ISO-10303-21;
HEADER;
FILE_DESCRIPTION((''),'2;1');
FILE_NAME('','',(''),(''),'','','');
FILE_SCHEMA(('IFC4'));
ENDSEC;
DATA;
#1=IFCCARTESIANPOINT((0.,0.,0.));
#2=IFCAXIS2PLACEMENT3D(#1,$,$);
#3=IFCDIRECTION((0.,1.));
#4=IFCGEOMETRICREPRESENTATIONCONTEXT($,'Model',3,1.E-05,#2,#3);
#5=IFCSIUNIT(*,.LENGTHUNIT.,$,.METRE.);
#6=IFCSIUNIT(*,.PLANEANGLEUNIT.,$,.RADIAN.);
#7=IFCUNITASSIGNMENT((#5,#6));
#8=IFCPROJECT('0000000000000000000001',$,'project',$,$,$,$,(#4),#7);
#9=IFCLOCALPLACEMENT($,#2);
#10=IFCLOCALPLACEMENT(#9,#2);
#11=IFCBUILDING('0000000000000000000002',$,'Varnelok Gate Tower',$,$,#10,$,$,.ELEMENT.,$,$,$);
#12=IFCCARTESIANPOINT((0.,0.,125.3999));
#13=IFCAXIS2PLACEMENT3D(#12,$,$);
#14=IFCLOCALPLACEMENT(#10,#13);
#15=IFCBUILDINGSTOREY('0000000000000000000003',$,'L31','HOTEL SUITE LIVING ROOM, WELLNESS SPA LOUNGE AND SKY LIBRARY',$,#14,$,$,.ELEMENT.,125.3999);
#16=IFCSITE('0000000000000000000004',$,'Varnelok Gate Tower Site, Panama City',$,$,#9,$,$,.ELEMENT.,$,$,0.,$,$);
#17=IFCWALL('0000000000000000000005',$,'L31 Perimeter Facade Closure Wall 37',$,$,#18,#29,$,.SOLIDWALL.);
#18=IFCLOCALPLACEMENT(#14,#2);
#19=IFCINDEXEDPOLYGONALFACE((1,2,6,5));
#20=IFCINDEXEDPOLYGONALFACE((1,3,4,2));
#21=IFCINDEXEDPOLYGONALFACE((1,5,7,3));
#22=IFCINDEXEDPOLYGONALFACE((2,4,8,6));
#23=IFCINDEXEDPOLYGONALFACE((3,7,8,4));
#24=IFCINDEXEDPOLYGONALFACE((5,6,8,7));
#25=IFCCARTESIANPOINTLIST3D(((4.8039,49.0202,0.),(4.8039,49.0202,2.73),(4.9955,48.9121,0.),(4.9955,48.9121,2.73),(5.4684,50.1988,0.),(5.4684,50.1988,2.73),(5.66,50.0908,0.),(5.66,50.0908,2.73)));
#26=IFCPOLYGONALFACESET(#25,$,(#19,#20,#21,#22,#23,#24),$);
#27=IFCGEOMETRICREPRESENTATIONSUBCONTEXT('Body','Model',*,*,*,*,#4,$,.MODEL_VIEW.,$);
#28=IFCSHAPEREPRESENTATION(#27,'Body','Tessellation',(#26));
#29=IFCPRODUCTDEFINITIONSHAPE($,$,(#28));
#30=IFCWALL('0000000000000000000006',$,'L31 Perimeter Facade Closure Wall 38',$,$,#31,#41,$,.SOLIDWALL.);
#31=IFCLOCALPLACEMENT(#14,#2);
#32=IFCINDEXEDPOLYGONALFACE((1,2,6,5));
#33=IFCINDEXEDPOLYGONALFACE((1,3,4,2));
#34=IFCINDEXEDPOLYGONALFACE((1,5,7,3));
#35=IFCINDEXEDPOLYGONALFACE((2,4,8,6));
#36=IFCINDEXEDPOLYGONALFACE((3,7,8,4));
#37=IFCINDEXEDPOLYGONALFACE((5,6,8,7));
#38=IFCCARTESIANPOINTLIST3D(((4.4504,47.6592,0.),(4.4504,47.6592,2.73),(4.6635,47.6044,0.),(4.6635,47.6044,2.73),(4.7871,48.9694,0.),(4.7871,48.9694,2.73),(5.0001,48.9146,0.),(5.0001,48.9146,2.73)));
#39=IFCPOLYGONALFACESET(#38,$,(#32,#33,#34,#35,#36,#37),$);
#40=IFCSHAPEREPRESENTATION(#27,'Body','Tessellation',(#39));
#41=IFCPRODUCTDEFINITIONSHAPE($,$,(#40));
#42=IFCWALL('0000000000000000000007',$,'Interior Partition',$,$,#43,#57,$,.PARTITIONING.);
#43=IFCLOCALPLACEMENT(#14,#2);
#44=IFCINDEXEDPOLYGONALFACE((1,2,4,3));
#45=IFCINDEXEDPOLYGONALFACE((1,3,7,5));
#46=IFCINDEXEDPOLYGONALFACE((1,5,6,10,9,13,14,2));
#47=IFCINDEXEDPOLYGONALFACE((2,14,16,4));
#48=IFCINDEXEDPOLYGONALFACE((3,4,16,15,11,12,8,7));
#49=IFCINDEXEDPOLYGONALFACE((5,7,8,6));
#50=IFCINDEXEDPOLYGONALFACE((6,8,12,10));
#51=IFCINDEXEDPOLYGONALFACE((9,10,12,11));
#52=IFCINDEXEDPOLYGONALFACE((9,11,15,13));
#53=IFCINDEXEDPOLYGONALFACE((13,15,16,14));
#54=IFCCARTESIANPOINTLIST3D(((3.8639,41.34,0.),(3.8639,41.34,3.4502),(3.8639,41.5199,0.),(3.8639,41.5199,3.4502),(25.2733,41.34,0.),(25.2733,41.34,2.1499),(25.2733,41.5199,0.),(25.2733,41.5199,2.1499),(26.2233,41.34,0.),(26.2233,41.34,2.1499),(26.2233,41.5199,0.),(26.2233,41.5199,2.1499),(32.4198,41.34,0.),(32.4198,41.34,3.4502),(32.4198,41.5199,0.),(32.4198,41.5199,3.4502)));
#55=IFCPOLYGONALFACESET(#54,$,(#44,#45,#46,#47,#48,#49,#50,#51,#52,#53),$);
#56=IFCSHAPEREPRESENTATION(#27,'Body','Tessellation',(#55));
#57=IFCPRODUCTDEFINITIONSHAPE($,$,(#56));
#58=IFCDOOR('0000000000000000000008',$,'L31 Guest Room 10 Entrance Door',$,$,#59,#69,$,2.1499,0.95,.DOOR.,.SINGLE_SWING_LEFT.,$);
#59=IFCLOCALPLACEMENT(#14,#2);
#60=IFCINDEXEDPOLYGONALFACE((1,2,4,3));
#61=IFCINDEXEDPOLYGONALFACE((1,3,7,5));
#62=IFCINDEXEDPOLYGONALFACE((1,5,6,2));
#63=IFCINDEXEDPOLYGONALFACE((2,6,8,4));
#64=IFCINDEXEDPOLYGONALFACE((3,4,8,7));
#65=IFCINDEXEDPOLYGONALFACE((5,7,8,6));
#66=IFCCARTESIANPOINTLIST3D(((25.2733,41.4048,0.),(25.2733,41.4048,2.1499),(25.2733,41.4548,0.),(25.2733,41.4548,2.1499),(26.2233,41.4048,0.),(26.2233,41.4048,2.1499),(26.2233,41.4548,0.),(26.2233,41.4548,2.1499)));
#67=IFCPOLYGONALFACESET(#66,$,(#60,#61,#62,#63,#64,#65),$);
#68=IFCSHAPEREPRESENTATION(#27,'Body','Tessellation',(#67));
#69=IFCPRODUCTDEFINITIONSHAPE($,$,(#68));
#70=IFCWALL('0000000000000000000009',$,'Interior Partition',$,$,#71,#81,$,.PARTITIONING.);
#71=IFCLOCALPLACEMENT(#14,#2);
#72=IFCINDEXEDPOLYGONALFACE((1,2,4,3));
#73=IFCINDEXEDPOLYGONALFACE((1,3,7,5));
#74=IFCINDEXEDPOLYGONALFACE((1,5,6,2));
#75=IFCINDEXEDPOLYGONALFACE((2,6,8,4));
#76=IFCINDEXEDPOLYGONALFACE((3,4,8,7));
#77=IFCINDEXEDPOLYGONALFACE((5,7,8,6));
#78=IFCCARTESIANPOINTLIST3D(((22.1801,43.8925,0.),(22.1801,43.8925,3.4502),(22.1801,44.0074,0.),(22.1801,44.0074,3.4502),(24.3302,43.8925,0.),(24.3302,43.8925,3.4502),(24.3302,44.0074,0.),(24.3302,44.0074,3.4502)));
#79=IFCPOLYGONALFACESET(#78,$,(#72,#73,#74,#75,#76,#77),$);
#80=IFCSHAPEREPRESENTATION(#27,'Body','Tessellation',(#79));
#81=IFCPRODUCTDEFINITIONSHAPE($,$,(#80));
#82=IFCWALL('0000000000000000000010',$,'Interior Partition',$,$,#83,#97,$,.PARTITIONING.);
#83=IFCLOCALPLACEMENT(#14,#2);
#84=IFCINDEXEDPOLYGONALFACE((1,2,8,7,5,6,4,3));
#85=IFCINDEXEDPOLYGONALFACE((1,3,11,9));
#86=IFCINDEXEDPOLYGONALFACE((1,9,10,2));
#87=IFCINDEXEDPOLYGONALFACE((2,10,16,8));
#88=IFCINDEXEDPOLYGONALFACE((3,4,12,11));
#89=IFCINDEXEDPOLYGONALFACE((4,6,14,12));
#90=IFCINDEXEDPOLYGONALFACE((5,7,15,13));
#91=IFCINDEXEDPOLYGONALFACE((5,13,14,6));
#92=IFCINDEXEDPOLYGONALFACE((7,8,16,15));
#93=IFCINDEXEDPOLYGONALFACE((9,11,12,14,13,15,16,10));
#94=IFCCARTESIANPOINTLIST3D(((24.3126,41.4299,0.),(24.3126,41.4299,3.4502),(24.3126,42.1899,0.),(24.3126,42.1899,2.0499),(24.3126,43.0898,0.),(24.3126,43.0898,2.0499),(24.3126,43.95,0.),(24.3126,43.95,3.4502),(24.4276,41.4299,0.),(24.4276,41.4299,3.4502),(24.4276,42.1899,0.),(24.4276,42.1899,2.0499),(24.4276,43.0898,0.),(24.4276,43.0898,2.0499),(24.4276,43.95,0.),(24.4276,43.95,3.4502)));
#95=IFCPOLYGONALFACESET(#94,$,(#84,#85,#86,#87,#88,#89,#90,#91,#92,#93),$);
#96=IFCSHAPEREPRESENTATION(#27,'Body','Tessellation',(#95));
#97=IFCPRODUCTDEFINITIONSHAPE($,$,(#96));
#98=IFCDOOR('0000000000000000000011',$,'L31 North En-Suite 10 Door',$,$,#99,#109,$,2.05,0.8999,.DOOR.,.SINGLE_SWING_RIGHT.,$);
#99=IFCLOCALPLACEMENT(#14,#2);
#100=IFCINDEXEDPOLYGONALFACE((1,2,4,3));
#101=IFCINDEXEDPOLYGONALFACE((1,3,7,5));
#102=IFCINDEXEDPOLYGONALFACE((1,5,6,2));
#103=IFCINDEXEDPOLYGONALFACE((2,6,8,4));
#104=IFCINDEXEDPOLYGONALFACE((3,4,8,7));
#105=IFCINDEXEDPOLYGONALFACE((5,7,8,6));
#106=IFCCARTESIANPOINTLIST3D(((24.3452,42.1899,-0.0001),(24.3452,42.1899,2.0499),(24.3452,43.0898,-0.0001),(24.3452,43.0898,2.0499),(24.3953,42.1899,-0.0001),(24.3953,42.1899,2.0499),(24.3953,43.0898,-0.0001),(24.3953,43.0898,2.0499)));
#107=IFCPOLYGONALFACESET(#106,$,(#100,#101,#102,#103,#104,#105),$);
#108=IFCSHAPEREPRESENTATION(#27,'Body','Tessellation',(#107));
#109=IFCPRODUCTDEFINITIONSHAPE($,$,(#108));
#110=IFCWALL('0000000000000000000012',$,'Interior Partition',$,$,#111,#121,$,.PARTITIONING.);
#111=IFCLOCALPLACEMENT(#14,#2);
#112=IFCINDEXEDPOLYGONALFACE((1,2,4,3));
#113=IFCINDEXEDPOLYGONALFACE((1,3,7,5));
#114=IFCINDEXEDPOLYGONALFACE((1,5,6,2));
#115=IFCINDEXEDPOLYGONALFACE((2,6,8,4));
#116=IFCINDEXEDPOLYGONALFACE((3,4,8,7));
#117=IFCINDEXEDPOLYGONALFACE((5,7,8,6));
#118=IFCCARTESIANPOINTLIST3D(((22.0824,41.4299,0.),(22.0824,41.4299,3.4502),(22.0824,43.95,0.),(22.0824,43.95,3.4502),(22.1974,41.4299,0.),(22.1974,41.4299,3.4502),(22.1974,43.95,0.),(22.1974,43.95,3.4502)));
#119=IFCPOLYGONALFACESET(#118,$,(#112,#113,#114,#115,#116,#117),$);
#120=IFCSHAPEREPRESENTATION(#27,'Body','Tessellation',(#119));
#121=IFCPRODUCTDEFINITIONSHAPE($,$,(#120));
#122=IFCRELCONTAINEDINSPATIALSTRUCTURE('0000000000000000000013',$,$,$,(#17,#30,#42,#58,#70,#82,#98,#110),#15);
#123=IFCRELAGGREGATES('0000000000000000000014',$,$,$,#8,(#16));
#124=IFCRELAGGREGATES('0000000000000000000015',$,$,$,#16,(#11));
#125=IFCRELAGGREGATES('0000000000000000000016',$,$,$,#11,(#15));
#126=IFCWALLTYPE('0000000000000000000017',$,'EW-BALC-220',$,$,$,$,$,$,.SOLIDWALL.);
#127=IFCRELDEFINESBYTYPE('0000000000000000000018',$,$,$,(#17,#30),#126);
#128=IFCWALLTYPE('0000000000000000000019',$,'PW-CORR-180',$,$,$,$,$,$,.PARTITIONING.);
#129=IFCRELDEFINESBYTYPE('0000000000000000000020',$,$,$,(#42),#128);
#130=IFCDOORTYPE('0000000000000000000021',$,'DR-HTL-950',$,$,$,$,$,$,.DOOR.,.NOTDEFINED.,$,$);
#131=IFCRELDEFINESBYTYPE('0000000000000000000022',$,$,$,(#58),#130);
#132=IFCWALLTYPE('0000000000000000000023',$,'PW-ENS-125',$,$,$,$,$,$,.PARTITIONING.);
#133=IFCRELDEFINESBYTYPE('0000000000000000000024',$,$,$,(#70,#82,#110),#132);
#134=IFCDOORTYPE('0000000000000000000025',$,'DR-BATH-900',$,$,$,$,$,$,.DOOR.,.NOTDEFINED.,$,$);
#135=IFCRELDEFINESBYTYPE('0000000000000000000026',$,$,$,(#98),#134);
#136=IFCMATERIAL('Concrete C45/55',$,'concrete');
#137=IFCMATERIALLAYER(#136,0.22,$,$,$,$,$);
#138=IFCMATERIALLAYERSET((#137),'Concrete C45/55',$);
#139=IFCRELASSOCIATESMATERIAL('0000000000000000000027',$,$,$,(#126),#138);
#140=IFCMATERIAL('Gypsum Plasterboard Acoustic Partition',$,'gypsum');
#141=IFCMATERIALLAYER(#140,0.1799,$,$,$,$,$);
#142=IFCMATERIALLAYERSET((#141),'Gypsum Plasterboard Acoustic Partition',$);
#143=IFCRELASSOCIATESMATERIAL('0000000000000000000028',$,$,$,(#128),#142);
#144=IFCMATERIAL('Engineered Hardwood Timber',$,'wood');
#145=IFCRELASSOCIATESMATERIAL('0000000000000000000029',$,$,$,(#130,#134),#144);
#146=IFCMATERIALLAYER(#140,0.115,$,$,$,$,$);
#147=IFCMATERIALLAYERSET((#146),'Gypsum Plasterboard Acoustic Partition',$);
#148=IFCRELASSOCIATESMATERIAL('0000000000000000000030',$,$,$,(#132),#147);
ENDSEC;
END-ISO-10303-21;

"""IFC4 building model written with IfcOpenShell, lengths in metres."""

from ifc_helpers import new_model, si_unit, direction, frame, frame_2d, origin, place, context, subcontext, project, spatial, rectangle, extrude, material, layer, layer_set, type_object, element, fill, save


model = new_model("IFC4")

# Units and contexts
model_context = context("Model", 3, precision=1e-05, world=origin(), true_north=direction((0.0, 1.0)))
body_context = subcontext(model_context, "Body", "Model", "MODEL_VIEW")
ifc_project = project(units=[si_unit("LENGTHUNIT", "METRE"), si_unit("PLANEANGLEUNIT", "RADIAN")], contexts=[model_context])

# Site, building, storey
site_placement = place(None, origin())
site = spatial("IfcSite", under=ifc_project, at=site_placement, Name="Varnelok Gate Tower Site, Panama City", CompositionType="ELEMENT", RefElevation=0.0)
building_placement = place(site_placement, origin())
building = spatial("IfcBuilding", under=site, at=building_placement, Name="Varnelok Gate Tower", CompositionType="ELEMENT")
storey_placement = place(building_placement, frame((0.0, 0.0, 125.3999)))
storey = spatial("IfcBuildingStorey", under=building, at=storey_placement, Name="L31", Description="HOTEL SUITE LIVING ROOM, WELLNESS SPA LOUNGE AND SKY LIBRARY", CompositionType="ELEMENT", Elevation=125.3999)

# Walls
ifc_material_1 = material(Name="Concrete C45/55", Category="concrete")
ifc_layer_1 = layer(ifc_material_1, 0.22)
ifc_layer_set_1 = layer_set([ifc_layer_1], Name="Concrete C45/55")
wall_type_1 = type_object("IfcWallType", Name="EW-BALC-220", PredefinedType="SOLIDWALL", material=ifc_layer_set_1)
wall_1_placement = place(storey_placement, frame((5.5642, 50.1448, 0.0), z_axis=(0.0, 0.0, 1.0), x_axis=(-0.491118, -0.871093, 0.0)))
element("IfcWall", 1, at=wall_1_placement, inside=storey, type_object=wall_type_1, Name="L31 Perimeter Facade Closure Wall 37", PredefinedType="SOLIDWALL", context=body_context, shape_type="SweptSolid", body=[
    extrude(rectangle(XDim=1.353, YDim=0.22, at=frame_2d((0.6765, 0.0))), origin(), (0.0, 0.0, 1.0), 2.73),
])
wall_2_placement = place(storey_placement, frame((4.8936, 48.9419, 0.0), z_axis=(0.0, 0.0, 1.0), x_axis=(-0.248857, -0.96854, 0.0)))
element("IfcWall", 2, at=wall_2_placement, inside=storey, type_object=wall_type_1, Name="L31 Perimeter Facade Closure Wall 38", PredefinedType="SOLIDWALL", context=body_context, shape_type="SweptSolid", body=[
    extrude(rectangle(XDim=1.3528, YDim=0.22, at=frame_2d((0.6763, 0.0))), origin(), (0.0, 0.0, 1.0), 2.73),
])

# Wall, opening, door
ifc_material_2 = material(Name="Gypsum Plasterboard Acoustic Partition", Category="gypsum")
ifc_layer_2 = layer(ifc_material_2, 0.1799)
ifc_layer_set_2 = layer_set([ifc_layer_2], Name="Gypsum Plasterboard Acoustic Partition")
wall_type_2 = type_object("IfcWallType", Name="PW-CORR-180", PredefinedType="PARTITIONING", material=ifc_layer_set_2)
wall_3_placement = place(storey_placement, frame((3.864, 41.4299, 0.0), z_axis=(0.0, 0.0, 1.0), x_axis=(1.0, 0.0, 0.0)))
wall_3 = element("IfcWall", 3, at=wall_3_placement, inside=storey, type_object=wall_type_2, Name="Interior Partition", PredefinedType="PARTITIONING", context=body_context, shape_type="SweptSolid", body=[
    extrude(rectangle(XDim=28.5559, YDim=0.1799, at=frame_2d((14.2778, 0.0))), origin(), (0.0, 0.0, 1.0), 3.4502),
])
opening_1_placement = place(wall_3_placement, frame((21.4092, 0.0, 0.0)))
opening_1 = element("IfcOpeningElement", 4, at=opening_1_placement, cuts=wall_3, PredefinedType="OPENING", context=body_context, shape_type="SweptSolid", body=[
    extrude(rectangle(XDim=0.95, YDim=2.1499, at=frame_2d((0.4751, 1.075))), frame((0.0, 0.0999, 0.0), z_axis=(0.0, -1.0, 0.0), x_axis=(1.0, 0.0, 0.0)), (0.0, 0.0, 1.0), 0.2),
])
ifc_material_3 = material(Name="Engineered Hardwood Timber", Category="wood")
door_type_1 = type_object("IfcDoorType", Name="DR-HTL-950", OperationType="NOTDEFINED", PredefinedType="DOOR", material=ifc_material_3)
door_1_placement = place(opening_1_placement, origin())
door_1 = element("IfcDoor", 5, at=door_1_placement, inside=storey, type_object=door_type_1, Name="L31 Guest Room 10 Entrance Door", OperationType="SINGLE_SWING_LEFT", OverallHeight=2.1499, OverallWidth=0.95, PredefinedType="DOOR", context=body_context, shape_type="SweptSolid", body=[
    extrude(rectangle(XDim=0.95, YDim=2.1499, at=frame_2d((0.4751, 1.075))), frame((0.0, 0.0249, 0.0), z_axis=(0.0, -1.0, 0.0), x_axis=(1.0, 0.0, 0.0)), (0.0, 0.0, 1.0), 0.05),
])
fill(opening_1, door_1)

# Wall
ifc_layer_3 = layer(ifc_material_2, 0.115)
ifc_layer_set_3 = layer_set([ifc_layer_3], Name="Gypsum Plasterboard Acoustic Partition")
wall_type_3 = type_object("IfcWallType", Name="PW-ENS-125", PredefinedType="PARTITIONING", material=ifc_layer_set_3)
wall_4_placement = place(storey_placement, frame((22.1799, 43.95, 0.0), z_axis=(0.0, 0.0, 1.0), x_axis=(1.0, 0.0, 0.0)))
element("IfcWall", 6, at=wall_4_placement, inside=storey, type_object=wall_type_3, Name="Interior Partition", PredefinedType="PARTITIONING", context=body_context, shape_type="SweptSolid", body=[
    extrude(rectangle(XDim=2.1501, YDim=0.115, at=frame_2d((1.0752, 0.0))), origin(), (0.0, 0.0, 1.0), 3.4502),
])

# Wall, opening, door
wall_5_placement = place(storey_placement, frame((24.3701, 41.4299, 0.0), z_axis=(0.0, 0.0, 1.0), x_axis=(0.0, 1.0, 0.0)))
wall_5 = element("IfcWall", 7, at=wall_5_placement, inside=storey, type_object=wall_type_3, Name="Interior Partition", PredefinedType="PARTITIONING", context=body_context, shape_type="SweptSolid", body=[
    extrude(rectangle(XDim=2.52, YDim=0.115, at=frame_2d((1.26, 0.0))), origin(), (0.0, 0.0, 1.0), 3.4502),
])
opening_2_placement = place(wall_5_placement, frame((0.76, 0.0, 0.0)))
opening_2 = element("IfcOpeningElement", 8, at=opening_2_placement, cuts=wall_5, PredefinedType="OPENING", context=body_context, shape_type="SweptSolid", body=[
    extrude(rectangle(XDim=0.8999, YDim=2.05, at=frame_2d((0.45, 1.0249))), frame((0.0, 0.0674, 0.0), z_axis=(0.0, -1.0, 0.0), x_axis=(1.0, 0.0, 0.0)), (0.0, 0.0, 1.0), 0.135),
])
door_type_2 = type_object("IfcDoorType", Name="DR-BATH-900", OperationType="NOTDEFINED", PredefinedType="DOOR", material=ifc_material_3)
door_2_placement = place(opening_2_placement, origin())
door_2 = element("IfcDoor", 9, at=door_2_placement, inside=storey, type_object=door_type_2, Name="L31 North En-Suite 10 Door", OperationType="SINGLE_SWING_RIGHT", OverallHeight=2.05, OverallWidth=0.8999, PredefinedType="DOOR", context=body_context, shape_type="SweptSolid", body=[
    extrude(rectangle(XDim=0.8999, YDim=2.05, at=frame_2d((0.45, 1.0249))), frame((0.0, 0.0249, 0.0), z_axis=(0.0, -1.0, 0.0), x_axis=(1.0, 0.0, 0.0)), (0.0, 0.0, 1.0), 0.05),
])
fill(opening_2, door_2)

# Wall
wall_6_placement = place(storey_placement, frame((22.1399, 41.4299, 0.0), z_axis=(0.0, 0.0, 1.0), x_axis=(0.0, 1.0, 0.0)))
element("IfcWall", 10, at=wall_6_placement, inside=storey, type_object=wall_type_3, Name="Interior Partition", PredefinedType="PARTITIONING", context=body_context, shape_type="SweptSolid", body=[
    extrude(rectangle(XDim=2.52, YDim=0.115, at=frame_2d((1.26, 0.0))), origin(), (0.0, 0.0, 1.0), 3.4502),
])

save(model, "model.ifc")
